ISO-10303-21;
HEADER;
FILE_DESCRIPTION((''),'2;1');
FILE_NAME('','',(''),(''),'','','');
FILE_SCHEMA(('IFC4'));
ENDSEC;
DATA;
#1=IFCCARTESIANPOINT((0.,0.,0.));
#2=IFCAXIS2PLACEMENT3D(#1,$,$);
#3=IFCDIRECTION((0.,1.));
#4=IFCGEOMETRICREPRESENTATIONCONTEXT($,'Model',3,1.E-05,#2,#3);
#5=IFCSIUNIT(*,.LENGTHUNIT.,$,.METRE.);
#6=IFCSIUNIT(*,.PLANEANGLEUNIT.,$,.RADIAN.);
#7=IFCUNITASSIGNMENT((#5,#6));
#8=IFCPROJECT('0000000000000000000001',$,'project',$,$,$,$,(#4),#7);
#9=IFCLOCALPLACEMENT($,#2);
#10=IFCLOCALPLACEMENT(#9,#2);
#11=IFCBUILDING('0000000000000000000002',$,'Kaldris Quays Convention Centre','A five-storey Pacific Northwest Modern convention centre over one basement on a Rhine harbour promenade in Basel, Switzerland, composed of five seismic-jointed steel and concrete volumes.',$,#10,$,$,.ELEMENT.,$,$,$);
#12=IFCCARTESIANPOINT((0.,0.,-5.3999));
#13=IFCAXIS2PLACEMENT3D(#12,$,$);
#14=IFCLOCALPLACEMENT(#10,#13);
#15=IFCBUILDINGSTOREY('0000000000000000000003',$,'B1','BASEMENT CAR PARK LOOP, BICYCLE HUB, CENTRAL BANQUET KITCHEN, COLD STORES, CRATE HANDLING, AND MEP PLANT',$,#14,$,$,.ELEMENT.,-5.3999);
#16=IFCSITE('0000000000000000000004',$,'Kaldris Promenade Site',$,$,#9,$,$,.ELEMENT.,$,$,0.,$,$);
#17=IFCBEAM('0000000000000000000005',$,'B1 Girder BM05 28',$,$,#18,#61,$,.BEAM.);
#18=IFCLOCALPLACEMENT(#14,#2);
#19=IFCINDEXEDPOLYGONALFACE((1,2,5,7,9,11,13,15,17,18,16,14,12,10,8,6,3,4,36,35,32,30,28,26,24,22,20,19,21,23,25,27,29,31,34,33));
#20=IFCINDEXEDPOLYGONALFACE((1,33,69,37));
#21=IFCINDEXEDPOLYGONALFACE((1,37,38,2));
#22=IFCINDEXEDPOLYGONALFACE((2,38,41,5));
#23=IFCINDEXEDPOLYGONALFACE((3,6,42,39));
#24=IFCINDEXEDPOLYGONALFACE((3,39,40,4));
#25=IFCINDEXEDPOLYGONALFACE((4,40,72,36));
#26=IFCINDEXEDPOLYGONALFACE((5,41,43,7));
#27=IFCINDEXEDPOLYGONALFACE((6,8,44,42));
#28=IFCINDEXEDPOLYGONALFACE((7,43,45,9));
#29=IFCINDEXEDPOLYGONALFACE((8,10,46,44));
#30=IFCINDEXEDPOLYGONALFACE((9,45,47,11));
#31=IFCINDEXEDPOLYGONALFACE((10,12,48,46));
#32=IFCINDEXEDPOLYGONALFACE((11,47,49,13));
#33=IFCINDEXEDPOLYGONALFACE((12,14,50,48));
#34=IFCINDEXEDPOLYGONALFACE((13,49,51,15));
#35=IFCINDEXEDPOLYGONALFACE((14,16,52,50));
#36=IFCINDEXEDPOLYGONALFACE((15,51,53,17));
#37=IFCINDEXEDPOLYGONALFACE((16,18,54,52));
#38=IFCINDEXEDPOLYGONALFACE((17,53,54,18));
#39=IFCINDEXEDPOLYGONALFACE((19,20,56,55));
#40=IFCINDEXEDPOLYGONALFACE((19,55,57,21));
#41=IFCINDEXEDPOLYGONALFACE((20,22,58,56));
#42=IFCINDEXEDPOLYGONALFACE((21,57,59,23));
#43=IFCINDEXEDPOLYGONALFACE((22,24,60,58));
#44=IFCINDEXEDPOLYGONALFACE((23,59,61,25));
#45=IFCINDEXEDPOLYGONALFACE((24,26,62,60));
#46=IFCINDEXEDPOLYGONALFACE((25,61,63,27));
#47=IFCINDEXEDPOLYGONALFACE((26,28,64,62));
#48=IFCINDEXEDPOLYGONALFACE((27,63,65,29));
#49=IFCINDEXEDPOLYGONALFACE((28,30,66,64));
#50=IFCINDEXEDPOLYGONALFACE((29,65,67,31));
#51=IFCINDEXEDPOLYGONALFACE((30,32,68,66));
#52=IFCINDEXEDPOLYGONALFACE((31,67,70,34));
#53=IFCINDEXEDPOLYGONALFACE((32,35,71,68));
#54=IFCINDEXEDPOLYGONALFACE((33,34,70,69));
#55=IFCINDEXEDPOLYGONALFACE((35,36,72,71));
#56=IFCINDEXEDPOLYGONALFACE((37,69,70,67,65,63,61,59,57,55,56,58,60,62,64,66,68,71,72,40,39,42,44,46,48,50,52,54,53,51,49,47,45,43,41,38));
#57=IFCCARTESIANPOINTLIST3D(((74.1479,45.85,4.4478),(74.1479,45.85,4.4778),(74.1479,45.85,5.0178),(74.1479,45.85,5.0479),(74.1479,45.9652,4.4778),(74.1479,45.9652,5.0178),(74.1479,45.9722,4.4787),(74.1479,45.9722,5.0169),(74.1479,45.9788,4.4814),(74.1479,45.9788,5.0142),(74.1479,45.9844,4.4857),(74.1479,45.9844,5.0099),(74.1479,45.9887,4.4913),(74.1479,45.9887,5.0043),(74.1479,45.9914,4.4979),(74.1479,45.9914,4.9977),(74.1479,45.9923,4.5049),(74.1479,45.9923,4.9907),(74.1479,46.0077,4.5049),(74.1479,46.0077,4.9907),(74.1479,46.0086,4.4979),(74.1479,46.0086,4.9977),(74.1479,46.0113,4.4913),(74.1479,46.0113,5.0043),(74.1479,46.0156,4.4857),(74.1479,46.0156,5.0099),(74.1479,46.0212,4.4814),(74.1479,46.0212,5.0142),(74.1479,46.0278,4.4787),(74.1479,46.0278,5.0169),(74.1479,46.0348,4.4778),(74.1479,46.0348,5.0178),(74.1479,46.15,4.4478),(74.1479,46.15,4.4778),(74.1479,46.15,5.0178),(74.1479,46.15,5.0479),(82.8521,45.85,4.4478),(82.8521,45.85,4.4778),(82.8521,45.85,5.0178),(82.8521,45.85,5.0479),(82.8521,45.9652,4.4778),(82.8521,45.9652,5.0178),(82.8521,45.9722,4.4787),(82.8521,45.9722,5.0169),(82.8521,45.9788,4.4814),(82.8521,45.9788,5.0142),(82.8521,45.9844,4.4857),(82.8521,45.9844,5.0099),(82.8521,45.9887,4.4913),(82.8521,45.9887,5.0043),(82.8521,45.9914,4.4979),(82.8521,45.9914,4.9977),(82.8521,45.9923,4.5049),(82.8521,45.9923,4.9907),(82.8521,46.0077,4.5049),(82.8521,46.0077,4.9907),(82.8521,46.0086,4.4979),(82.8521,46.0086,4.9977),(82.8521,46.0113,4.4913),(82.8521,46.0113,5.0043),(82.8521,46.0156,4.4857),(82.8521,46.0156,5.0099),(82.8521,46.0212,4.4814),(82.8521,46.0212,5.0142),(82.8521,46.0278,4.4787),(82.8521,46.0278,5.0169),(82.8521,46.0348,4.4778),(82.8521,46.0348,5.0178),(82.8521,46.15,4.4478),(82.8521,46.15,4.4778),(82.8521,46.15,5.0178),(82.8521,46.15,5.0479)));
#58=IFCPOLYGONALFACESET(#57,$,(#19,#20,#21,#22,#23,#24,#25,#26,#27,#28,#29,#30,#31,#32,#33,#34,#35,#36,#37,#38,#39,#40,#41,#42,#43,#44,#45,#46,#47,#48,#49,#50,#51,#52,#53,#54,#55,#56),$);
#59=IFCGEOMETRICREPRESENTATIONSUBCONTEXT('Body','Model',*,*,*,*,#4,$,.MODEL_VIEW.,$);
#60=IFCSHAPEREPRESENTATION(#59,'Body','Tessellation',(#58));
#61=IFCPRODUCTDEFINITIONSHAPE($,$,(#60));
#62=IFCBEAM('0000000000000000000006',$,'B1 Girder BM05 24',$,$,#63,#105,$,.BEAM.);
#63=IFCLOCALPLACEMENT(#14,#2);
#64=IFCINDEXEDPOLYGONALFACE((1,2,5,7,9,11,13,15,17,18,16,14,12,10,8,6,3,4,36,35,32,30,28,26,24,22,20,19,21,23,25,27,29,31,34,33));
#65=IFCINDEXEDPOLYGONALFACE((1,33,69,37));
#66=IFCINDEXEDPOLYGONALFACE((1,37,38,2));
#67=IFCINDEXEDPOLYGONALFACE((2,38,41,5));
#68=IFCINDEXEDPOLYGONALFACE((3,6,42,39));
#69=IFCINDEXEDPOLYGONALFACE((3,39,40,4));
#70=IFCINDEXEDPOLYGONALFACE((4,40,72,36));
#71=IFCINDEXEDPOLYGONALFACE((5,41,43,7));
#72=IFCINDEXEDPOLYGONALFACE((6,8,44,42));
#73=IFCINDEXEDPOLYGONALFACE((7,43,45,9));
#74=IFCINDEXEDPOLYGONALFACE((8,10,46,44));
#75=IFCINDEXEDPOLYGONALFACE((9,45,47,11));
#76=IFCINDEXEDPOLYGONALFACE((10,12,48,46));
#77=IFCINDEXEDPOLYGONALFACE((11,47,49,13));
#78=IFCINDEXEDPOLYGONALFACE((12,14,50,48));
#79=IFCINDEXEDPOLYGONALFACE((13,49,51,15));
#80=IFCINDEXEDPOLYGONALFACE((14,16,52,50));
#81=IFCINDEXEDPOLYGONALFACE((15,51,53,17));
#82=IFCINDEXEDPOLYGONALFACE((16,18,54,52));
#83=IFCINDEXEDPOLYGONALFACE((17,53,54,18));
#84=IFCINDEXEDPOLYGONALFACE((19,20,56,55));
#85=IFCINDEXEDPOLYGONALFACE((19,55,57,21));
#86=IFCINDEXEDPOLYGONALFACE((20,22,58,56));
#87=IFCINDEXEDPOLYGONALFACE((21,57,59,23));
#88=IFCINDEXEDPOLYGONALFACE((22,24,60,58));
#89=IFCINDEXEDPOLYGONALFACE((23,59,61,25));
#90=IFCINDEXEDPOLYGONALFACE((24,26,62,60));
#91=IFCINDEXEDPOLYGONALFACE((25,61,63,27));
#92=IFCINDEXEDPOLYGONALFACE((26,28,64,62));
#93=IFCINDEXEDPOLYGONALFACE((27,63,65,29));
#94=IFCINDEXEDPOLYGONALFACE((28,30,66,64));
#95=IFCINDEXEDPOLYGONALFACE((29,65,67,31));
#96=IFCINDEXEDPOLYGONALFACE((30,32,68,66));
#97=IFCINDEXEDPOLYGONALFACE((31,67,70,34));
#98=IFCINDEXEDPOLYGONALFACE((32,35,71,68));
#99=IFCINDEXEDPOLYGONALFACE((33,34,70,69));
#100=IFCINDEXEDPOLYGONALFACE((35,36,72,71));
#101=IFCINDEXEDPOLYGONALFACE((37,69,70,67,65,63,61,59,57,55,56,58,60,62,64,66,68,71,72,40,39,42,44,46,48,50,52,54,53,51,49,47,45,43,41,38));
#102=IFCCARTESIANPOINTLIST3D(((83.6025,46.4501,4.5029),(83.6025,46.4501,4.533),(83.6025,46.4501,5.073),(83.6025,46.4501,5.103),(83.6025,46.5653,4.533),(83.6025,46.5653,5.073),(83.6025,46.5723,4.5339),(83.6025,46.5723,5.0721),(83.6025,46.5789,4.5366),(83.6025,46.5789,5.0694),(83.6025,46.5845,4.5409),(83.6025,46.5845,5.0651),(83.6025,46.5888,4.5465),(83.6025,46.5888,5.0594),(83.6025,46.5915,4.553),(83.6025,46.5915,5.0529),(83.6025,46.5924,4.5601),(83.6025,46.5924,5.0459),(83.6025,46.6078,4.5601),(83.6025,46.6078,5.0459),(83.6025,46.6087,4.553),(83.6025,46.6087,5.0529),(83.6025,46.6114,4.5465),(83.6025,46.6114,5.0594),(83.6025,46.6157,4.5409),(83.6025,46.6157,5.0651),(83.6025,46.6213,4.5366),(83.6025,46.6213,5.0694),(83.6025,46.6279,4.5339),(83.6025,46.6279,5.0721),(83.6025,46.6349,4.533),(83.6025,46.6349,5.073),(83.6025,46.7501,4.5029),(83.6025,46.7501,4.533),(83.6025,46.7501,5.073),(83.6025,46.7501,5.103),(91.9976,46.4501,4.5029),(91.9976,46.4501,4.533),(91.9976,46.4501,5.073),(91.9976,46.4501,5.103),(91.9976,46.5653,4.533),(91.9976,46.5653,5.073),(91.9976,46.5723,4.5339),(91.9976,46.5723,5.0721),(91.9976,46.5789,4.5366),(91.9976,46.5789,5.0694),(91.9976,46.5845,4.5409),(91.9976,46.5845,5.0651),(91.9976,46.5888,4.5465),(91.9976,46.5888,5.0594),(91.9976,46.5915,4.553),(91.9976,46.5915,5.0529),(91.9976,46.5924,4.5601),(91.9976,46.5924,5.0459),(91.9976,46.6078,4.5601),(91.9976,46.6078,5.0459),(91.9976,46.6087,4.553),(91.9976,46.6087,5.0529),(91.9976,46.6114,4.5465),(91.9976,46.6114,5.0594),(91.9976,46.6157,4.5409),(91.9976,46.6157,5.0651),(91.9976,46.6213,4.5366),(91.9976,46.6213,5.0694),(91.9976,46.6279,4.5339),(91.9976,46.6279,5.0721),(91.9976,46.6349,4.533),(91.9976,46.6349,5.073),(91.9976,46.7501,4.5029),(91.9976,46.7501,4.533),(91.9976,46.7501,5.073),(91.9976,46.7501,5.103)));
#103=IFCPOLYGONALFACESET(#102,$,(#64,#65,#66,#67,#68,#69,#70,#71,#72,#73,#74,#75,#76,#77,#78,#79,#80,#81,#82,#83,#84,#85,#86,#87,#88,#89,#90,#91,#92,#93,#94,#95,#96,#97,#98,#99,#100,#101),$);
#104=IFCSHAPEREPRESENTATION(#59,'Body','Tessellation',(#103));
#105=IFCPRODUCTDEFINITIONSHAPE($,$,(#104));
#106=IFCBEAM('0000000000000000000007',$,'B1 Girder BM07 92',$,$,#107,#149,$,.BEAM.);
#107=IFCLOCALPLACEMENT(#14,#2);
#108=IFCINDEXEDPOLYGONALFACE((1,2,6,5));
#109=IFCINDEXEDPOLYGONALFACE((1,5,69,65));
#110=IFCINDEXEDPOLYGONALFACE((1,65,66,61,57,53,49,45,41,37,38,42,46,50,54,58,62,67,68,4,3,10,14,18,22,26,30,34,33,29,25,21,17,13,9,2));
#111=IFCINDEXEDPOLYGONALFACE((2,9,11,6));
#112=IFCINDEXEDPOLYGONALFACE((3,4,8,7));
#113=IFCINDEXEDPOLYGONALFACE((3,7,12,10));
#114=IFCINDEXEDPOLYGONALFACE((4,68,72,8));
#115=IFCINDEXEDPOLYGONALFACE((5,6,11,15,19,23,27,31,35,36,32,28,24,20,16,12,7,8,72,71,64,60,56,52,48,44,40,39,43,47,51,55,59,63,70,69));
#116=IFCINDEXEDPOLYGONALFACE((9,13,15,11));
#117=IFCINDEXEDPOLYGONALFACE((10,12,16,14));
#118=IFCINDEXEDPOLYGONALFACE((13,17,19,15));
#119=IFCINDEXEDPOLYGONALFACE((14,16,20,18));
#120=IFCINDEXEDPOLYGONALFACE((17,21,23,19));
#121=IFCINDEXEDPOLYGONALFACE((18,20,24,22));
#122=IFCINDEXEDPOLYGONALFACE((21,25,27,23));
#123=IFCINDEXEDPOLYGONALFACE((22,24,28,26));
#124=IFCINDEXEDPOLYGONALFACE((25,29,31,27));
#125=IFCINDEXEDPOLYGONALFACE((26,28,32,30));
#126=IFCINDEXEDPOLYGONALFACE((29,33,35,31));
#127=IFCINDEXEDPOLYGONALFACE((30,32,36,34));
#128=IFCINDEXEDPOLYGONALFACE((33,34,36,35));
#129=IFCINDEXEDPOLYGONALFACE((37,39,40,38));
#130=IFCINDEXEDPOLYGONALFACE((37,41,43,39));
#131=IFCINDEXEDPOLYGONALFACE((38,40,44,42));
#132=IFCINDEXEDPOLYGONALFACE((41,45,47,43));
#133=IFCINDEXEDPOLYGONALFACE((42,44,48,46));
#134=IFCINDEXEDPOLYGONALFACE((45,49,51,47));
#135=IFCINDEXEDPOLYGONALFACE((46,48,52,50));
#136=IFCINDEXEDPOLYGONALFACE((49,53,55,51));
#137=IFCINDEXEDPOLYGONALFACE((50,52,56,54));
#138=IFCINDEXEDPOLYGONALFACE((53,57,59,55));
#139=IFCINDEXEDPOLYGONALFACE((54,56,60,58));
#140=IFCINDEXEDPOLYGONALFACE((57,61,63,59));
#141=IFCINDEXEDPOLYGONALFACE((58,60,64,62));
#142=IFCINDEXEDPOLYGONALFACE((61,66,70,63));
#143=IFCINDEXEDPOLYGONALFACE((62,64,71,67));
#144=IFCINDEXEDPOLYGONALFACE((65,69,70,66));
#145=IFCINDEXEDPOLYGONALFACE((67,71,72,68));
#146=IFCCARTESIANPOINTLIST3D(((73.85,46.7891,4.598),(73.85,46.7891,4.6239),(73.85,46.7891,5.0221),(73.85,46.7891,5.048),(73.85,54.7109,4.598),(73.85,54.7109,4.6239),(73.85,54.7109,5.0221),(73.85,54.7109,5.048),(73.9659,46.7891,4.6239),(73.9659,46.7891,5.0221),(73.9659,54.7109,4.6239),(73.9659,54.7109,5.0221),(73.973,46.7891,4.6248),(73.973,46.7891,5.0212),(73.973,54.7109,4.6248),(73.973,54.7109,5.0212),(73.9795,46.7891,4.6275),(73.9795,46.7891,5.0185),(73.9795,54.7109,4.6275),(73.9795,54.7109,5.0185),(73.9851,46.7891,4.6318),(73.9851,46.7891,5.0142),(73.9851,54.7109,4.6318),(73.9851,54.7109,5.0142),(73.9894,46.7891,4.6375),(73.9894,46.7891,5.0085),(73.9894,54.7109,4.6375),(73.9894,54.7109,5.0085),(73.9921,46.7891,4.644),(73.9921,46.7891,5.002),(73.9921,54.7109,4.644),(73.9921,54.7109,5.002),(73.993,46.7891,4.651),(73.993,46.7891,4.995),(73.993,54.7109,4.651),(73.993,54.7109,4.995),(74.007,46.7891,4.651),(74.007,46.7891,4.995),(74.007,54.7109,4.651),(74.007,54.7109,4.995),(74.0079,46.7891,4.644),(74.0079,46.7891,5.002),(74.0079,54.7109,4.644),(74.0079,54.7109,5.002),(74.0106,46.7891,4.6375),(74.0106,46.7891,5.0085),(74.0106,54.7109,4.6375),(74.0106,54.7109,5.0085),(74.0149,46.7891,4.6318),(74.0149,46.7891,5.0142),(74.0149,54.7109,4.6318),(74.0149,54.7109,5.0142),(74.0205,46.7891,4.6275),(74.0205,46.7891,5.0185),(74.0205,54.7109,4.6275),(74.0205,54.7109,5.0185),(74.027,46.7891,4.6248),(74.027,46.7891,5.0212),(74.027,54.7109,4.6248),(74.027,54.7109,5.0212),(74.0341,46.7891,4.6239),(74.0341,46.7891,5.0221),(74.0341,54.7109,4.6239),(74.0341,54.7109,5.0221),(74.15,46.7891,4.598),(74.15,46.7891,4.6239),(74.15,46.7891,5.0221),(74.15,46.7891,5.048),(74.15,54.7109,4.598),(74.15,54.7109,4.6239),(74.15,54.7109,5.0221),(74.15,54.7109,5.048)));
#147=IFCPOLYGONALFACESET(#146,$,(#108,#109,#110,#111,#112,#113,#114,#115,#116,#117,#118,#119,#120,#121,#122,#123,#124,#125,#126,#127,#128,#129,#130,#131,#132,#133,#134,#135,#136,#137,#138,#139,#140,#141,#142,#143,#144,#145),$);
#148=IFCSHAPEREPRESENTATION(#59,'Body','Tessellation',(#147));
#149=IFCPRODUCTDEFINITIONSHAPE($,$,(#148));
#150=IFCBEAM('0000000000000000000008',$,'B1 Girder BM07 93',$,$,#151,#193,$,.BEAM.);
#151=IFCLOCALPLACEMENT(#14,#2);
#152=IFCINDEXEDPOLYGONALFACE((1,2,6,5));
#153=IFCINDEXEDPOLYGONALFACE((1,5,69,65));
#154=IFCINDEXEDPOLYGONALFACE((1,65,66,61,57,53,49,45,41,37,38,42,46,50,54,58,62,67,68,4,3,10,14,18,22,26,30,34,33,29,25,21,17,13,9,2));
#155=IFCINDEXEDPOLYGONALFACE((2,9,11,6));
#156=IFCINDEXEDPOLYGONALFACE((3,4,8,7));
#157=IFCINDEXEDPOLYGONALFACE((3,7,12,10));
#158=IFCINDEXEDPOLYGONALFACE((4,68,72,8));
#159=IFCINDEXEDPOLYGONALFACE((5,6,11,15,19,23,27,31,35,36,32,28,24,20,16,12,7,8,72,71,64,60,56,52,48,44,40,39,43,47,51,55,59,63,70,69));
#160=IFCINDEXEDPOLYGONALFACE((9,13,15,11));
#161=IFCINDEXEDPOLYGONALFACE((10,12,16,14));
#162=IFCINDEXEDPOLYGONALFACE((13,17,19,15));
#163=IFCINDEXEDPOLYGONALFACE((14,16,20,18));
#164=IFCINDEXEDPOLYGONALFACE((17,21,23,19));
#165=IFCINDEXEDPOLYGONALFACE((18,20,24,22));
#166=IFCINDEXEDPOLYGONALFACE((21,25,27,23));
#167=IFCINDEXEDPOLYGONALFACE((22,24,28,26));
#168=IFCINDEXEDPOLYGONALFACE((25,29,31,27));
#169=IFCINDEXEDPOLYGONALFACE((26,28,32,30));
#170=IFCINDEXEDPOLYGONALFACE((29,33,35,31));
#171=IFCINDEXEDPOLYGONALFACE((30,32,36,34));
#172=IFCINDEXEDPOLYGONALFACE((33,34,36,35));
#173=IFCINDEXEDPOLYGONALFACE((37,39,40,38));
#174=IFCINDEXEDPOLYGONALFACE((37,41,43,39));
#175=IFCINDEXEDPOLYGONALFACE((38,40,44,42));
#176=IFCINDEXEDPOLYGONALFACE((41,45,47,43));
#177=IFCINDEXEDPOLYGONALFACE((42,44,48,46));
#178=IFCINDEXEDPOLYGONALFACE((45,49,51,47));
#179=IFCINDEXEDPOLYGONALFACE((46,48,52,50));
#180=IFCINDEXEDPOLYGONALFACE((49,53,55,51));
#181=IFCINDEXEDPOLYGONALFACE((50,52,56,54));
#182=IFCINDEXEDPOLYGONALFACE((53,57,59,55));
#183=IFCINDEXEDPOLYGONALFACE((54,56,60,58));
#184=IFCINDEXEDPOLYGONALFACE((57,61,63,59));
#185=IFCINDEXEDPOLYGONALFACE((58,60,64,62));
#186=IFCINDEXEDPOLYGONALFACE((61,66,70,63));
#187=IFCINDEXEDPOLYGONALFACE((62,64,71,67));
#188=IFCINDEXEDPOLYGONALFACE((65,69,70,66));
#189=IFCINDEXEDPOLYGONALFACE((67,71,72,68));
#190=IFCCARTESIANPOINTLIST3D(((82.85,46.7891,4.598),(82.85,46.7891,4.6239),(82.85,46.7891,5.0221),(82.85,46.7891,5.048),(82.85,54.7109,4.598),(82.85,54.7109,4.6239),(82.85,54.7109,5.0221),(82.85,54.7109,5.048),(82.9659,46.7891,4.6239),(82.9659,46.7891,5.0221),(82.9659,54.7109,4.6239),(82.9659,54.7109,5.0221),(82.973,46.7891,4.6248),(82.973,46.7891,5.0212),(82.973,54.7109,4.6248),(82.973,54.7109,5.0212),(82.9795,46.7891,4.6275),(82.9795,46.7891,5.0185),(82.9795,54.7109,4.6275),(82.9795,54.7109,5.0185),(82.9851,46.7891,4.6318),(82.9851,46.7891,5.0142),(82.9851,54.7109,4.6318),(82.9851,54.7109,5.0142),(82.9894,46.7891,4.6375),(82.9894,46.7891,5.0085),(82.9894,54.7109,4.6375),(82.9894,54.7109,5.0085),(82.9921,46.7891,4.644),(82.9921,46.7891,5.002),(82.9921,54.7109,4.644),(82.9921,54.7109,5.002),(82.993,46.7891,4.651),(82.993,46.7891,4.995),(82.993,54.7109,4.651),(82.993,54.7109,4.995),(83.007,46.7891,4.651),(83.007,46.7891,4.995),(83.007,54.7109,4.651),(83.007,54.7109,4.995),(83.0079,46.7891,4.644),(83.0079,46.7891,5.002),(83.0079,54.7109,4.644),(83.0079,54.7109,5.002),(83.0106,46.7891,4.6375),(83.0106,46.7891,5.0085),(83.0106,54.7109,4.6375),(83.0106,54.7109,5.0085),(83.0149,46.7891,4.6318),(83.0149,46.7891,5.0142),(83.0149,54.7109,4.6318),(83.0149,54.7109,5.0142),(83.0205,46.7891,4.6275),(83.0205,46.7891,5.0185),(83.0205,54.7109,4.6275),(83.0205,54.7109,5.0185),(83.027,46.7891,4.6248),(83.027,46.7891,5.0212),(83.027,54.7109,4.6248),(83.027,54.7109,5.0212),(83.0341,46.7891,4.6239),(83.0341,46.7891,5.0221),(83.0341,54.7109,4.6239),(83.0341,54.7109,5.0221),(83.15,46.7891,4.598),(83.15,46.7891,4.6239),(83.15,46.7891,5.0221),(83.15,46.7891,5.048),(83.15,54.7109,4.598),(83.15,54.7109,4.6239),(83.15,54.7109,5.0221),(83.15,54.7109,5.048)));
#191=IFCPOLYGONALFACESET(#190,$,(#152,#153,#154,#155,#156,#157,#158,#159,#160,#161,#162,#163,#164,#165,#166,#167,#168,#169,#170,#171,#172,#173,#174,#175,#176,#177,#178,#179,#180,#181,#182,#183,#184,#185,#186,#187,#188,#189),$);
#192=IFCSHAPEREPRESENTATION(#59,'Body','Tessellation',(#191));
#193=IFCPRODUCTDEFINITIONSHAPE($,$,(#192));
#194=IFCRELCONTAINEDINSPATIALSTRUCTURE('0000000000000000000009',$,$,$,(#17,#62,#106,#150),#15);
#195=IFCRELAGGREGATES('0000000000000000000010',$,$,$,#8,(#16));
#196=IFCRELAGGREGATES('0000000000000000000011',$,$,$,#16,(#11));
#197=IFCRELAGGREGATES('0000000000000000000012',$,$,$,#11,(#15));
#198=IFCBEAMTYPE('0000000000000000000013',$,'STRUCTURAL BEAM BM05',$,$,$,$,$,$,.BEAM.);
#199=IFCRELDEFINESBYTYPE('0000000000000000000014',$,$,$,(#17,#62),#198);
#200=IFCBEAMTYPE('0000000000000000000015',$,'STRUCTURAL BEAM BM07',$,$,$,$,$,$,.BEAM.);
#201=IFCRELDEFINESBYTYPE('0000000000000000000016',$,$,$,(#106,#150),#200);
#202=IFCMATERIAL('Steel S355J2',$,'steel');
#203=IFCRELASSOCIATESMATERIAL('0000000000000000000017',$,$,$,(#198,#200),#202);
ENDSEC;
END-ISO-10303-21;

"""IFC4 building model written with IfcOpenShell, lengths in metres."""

from ifc_helpers import new_model, si_unit, direction, frame, origin, origin_2d, place, context, subcontext, project, spatial, i_section, extrude, material, material_profile, profile_set, type_object, element, save


model = new_model("IFC4")

# Units and contexts
model_context = context("Model", 3, precision=1e-05, world=origin(), true_north=direction((0.0, 1.0)))
body_context = subcontext(model_context, "Body", "Model", "MODEL_VIEW")
ifc_project = project(units=[si_unit("LENGTHUNIT", "METRE"), si_unit("PLANEANGLEUNIT", "RADIAN")], contexts=[model_context])

# Site, building, storey
site_placement = place(None, origin())
site = spatial("IfcSite", under=ifc_project, at=site_placement, Name="Kaldris Promenade Site", CompositionType="ELEMENT", RefElevation=0.0)
building_placement = place(site_placement, origin())
building = spatial("IfcBuilding", under=site, at=building_placement, Name="Kaldris Quays Convention Centre", Description="A five-storey Pacific Northwest Modern convention centre over one basement on a Rhine harbour promenade in Basel, Switzerland, composed of five seismic-jointed steel and concrete volumes.", CompositionType="ELEMENT")
storey_placement = place(building_placement, frame((0.0, 0.0, -5.3999)))
storey = spatial("IfcBuildingStorey", under=building, at=storey_placement, Name="B1", Description="BASEMENT CAR PARK LOOP, BICYCLE HUB, CENTRAL BANQUET KITCHEN, COLD STORES, CRATE HANDLING, AND MEP PLANT", CompositionType="ELEMENT", Elevation=-5.3999)

# Shared definitions
ifc_material_1 = material(Name="Steel S355J2", Category="steel")

# Beams
ifc_material_profile_1 = material_profile(ifc_material_1, i_section(OverallWidth=0.3, OverallDepth=0.6001, WebThickness=0.0154, FlangeThickness=0.03, FilletRadius=0.0271, at=origin_2d()), Name="HEB 600")
ifc_profile_set_1 = profile_set([ifc_material_profile_1], Name="Steel S355J2")
beam_type_1 = type_object("IfcBeamType", Name="STRUCTURAL BEAM BM05", PredefinedType="BEAM", material=ifc_profile_set_1)
beam_1_placement = place(storey_placement, frame((74.1479, 46.0, 4.7478), z_axis=(1.0, 0.0, 0.0), x_axis=(0.0, 1.0, 0.0)))
element("IfcBeam", 1, at=beam_1_placement, inside=storey, type_object=beam_type_1, Name="B1 Girder BM05 28", PredefinedType="BEAM", context=body_context, shape_type="SweptSolid", body=[
    extrude(i_section(OverallWidth=0.3, OverallDepth=0.6001, WebThickness=0.0154, FlangeThickness=0.03, FilletRadius=0.0271, at=origin_2d()), origin(), (0.0, 0.0, 1.0), 8.7041),
])
beam_2_placement = place(storey_placement, frame((83.6025, 46.6001, 4.803), z_axis=(1.0, 0.0, 0.0), x_axis=(0.0, 1.0, 0.0)))
element("IfcBeam", 2, at=beam_2_placement, inside=storey, type_object=beam_type_1, Name="B1 Girder BM05 24", PredefinedType="BEAM", context=body_context, shape_type="SweptSolid", body=[
    extrude(i_section(OverallWidth=0.3, OverallDepth=0.6001, WebThickness=0.0154, FlangeThickness=0.03, FilletRadius=0.0271, at=origin_2d()), origin(), (0.0, 0.0, 1.0), 8.395),
])
ifc_material_profile_2 = material_profile(ifc_material_1, i_section(OverallWidth=0.3, OverallDepth=0.45, WebThickness=0.0139, FlangeThickness=0.0259, FilletRadius=0.0271, at=origin_2d()), Name="HEB 450")
ifc_profile_set_2 = profile_set([ifc_material_profile_2], Name="Steel S355J2")
beam_type_2 = type_object("IfcBeamType", Name="STRUCTURAL BEAM BM07", PredefinedType="BEAM", material=ifc_profile_set_2)
for number, where, z_axis, x_axis, name in (
    (3, (74.0, 46.7891, 4.823), (0.0, 1.0, 0.0), (-1.0, 0.0, 0.0), "B1 Girder BM07 92"),
    (4, (83.0, 46.7891, 4.823), (0.0, 1.0, 0.0), (-1.0, 0.0, 0.0), "B1 Girder BM07 93"),
):
    element("IfcBeam", number, at=place(storey_placement, frame(where, z_axis=z_axis, x_axis=x_axis)), inside=storey, type_object=beam_type_2, Name=name, PredefinedType="BEAM", context=body_context, shape_type="SweptSolid", body=[
        extrude(i_section(OverallWidth=0.3, OverallDepth=0.45, WebThickness=0.0139, FlangeThickness=0.0259, FilletRadius=0.0271, at=origin_2d()), origin(), (0.0, 0.0, 1.0), 7.9219),
    ])

save(model, "model.ifc")
